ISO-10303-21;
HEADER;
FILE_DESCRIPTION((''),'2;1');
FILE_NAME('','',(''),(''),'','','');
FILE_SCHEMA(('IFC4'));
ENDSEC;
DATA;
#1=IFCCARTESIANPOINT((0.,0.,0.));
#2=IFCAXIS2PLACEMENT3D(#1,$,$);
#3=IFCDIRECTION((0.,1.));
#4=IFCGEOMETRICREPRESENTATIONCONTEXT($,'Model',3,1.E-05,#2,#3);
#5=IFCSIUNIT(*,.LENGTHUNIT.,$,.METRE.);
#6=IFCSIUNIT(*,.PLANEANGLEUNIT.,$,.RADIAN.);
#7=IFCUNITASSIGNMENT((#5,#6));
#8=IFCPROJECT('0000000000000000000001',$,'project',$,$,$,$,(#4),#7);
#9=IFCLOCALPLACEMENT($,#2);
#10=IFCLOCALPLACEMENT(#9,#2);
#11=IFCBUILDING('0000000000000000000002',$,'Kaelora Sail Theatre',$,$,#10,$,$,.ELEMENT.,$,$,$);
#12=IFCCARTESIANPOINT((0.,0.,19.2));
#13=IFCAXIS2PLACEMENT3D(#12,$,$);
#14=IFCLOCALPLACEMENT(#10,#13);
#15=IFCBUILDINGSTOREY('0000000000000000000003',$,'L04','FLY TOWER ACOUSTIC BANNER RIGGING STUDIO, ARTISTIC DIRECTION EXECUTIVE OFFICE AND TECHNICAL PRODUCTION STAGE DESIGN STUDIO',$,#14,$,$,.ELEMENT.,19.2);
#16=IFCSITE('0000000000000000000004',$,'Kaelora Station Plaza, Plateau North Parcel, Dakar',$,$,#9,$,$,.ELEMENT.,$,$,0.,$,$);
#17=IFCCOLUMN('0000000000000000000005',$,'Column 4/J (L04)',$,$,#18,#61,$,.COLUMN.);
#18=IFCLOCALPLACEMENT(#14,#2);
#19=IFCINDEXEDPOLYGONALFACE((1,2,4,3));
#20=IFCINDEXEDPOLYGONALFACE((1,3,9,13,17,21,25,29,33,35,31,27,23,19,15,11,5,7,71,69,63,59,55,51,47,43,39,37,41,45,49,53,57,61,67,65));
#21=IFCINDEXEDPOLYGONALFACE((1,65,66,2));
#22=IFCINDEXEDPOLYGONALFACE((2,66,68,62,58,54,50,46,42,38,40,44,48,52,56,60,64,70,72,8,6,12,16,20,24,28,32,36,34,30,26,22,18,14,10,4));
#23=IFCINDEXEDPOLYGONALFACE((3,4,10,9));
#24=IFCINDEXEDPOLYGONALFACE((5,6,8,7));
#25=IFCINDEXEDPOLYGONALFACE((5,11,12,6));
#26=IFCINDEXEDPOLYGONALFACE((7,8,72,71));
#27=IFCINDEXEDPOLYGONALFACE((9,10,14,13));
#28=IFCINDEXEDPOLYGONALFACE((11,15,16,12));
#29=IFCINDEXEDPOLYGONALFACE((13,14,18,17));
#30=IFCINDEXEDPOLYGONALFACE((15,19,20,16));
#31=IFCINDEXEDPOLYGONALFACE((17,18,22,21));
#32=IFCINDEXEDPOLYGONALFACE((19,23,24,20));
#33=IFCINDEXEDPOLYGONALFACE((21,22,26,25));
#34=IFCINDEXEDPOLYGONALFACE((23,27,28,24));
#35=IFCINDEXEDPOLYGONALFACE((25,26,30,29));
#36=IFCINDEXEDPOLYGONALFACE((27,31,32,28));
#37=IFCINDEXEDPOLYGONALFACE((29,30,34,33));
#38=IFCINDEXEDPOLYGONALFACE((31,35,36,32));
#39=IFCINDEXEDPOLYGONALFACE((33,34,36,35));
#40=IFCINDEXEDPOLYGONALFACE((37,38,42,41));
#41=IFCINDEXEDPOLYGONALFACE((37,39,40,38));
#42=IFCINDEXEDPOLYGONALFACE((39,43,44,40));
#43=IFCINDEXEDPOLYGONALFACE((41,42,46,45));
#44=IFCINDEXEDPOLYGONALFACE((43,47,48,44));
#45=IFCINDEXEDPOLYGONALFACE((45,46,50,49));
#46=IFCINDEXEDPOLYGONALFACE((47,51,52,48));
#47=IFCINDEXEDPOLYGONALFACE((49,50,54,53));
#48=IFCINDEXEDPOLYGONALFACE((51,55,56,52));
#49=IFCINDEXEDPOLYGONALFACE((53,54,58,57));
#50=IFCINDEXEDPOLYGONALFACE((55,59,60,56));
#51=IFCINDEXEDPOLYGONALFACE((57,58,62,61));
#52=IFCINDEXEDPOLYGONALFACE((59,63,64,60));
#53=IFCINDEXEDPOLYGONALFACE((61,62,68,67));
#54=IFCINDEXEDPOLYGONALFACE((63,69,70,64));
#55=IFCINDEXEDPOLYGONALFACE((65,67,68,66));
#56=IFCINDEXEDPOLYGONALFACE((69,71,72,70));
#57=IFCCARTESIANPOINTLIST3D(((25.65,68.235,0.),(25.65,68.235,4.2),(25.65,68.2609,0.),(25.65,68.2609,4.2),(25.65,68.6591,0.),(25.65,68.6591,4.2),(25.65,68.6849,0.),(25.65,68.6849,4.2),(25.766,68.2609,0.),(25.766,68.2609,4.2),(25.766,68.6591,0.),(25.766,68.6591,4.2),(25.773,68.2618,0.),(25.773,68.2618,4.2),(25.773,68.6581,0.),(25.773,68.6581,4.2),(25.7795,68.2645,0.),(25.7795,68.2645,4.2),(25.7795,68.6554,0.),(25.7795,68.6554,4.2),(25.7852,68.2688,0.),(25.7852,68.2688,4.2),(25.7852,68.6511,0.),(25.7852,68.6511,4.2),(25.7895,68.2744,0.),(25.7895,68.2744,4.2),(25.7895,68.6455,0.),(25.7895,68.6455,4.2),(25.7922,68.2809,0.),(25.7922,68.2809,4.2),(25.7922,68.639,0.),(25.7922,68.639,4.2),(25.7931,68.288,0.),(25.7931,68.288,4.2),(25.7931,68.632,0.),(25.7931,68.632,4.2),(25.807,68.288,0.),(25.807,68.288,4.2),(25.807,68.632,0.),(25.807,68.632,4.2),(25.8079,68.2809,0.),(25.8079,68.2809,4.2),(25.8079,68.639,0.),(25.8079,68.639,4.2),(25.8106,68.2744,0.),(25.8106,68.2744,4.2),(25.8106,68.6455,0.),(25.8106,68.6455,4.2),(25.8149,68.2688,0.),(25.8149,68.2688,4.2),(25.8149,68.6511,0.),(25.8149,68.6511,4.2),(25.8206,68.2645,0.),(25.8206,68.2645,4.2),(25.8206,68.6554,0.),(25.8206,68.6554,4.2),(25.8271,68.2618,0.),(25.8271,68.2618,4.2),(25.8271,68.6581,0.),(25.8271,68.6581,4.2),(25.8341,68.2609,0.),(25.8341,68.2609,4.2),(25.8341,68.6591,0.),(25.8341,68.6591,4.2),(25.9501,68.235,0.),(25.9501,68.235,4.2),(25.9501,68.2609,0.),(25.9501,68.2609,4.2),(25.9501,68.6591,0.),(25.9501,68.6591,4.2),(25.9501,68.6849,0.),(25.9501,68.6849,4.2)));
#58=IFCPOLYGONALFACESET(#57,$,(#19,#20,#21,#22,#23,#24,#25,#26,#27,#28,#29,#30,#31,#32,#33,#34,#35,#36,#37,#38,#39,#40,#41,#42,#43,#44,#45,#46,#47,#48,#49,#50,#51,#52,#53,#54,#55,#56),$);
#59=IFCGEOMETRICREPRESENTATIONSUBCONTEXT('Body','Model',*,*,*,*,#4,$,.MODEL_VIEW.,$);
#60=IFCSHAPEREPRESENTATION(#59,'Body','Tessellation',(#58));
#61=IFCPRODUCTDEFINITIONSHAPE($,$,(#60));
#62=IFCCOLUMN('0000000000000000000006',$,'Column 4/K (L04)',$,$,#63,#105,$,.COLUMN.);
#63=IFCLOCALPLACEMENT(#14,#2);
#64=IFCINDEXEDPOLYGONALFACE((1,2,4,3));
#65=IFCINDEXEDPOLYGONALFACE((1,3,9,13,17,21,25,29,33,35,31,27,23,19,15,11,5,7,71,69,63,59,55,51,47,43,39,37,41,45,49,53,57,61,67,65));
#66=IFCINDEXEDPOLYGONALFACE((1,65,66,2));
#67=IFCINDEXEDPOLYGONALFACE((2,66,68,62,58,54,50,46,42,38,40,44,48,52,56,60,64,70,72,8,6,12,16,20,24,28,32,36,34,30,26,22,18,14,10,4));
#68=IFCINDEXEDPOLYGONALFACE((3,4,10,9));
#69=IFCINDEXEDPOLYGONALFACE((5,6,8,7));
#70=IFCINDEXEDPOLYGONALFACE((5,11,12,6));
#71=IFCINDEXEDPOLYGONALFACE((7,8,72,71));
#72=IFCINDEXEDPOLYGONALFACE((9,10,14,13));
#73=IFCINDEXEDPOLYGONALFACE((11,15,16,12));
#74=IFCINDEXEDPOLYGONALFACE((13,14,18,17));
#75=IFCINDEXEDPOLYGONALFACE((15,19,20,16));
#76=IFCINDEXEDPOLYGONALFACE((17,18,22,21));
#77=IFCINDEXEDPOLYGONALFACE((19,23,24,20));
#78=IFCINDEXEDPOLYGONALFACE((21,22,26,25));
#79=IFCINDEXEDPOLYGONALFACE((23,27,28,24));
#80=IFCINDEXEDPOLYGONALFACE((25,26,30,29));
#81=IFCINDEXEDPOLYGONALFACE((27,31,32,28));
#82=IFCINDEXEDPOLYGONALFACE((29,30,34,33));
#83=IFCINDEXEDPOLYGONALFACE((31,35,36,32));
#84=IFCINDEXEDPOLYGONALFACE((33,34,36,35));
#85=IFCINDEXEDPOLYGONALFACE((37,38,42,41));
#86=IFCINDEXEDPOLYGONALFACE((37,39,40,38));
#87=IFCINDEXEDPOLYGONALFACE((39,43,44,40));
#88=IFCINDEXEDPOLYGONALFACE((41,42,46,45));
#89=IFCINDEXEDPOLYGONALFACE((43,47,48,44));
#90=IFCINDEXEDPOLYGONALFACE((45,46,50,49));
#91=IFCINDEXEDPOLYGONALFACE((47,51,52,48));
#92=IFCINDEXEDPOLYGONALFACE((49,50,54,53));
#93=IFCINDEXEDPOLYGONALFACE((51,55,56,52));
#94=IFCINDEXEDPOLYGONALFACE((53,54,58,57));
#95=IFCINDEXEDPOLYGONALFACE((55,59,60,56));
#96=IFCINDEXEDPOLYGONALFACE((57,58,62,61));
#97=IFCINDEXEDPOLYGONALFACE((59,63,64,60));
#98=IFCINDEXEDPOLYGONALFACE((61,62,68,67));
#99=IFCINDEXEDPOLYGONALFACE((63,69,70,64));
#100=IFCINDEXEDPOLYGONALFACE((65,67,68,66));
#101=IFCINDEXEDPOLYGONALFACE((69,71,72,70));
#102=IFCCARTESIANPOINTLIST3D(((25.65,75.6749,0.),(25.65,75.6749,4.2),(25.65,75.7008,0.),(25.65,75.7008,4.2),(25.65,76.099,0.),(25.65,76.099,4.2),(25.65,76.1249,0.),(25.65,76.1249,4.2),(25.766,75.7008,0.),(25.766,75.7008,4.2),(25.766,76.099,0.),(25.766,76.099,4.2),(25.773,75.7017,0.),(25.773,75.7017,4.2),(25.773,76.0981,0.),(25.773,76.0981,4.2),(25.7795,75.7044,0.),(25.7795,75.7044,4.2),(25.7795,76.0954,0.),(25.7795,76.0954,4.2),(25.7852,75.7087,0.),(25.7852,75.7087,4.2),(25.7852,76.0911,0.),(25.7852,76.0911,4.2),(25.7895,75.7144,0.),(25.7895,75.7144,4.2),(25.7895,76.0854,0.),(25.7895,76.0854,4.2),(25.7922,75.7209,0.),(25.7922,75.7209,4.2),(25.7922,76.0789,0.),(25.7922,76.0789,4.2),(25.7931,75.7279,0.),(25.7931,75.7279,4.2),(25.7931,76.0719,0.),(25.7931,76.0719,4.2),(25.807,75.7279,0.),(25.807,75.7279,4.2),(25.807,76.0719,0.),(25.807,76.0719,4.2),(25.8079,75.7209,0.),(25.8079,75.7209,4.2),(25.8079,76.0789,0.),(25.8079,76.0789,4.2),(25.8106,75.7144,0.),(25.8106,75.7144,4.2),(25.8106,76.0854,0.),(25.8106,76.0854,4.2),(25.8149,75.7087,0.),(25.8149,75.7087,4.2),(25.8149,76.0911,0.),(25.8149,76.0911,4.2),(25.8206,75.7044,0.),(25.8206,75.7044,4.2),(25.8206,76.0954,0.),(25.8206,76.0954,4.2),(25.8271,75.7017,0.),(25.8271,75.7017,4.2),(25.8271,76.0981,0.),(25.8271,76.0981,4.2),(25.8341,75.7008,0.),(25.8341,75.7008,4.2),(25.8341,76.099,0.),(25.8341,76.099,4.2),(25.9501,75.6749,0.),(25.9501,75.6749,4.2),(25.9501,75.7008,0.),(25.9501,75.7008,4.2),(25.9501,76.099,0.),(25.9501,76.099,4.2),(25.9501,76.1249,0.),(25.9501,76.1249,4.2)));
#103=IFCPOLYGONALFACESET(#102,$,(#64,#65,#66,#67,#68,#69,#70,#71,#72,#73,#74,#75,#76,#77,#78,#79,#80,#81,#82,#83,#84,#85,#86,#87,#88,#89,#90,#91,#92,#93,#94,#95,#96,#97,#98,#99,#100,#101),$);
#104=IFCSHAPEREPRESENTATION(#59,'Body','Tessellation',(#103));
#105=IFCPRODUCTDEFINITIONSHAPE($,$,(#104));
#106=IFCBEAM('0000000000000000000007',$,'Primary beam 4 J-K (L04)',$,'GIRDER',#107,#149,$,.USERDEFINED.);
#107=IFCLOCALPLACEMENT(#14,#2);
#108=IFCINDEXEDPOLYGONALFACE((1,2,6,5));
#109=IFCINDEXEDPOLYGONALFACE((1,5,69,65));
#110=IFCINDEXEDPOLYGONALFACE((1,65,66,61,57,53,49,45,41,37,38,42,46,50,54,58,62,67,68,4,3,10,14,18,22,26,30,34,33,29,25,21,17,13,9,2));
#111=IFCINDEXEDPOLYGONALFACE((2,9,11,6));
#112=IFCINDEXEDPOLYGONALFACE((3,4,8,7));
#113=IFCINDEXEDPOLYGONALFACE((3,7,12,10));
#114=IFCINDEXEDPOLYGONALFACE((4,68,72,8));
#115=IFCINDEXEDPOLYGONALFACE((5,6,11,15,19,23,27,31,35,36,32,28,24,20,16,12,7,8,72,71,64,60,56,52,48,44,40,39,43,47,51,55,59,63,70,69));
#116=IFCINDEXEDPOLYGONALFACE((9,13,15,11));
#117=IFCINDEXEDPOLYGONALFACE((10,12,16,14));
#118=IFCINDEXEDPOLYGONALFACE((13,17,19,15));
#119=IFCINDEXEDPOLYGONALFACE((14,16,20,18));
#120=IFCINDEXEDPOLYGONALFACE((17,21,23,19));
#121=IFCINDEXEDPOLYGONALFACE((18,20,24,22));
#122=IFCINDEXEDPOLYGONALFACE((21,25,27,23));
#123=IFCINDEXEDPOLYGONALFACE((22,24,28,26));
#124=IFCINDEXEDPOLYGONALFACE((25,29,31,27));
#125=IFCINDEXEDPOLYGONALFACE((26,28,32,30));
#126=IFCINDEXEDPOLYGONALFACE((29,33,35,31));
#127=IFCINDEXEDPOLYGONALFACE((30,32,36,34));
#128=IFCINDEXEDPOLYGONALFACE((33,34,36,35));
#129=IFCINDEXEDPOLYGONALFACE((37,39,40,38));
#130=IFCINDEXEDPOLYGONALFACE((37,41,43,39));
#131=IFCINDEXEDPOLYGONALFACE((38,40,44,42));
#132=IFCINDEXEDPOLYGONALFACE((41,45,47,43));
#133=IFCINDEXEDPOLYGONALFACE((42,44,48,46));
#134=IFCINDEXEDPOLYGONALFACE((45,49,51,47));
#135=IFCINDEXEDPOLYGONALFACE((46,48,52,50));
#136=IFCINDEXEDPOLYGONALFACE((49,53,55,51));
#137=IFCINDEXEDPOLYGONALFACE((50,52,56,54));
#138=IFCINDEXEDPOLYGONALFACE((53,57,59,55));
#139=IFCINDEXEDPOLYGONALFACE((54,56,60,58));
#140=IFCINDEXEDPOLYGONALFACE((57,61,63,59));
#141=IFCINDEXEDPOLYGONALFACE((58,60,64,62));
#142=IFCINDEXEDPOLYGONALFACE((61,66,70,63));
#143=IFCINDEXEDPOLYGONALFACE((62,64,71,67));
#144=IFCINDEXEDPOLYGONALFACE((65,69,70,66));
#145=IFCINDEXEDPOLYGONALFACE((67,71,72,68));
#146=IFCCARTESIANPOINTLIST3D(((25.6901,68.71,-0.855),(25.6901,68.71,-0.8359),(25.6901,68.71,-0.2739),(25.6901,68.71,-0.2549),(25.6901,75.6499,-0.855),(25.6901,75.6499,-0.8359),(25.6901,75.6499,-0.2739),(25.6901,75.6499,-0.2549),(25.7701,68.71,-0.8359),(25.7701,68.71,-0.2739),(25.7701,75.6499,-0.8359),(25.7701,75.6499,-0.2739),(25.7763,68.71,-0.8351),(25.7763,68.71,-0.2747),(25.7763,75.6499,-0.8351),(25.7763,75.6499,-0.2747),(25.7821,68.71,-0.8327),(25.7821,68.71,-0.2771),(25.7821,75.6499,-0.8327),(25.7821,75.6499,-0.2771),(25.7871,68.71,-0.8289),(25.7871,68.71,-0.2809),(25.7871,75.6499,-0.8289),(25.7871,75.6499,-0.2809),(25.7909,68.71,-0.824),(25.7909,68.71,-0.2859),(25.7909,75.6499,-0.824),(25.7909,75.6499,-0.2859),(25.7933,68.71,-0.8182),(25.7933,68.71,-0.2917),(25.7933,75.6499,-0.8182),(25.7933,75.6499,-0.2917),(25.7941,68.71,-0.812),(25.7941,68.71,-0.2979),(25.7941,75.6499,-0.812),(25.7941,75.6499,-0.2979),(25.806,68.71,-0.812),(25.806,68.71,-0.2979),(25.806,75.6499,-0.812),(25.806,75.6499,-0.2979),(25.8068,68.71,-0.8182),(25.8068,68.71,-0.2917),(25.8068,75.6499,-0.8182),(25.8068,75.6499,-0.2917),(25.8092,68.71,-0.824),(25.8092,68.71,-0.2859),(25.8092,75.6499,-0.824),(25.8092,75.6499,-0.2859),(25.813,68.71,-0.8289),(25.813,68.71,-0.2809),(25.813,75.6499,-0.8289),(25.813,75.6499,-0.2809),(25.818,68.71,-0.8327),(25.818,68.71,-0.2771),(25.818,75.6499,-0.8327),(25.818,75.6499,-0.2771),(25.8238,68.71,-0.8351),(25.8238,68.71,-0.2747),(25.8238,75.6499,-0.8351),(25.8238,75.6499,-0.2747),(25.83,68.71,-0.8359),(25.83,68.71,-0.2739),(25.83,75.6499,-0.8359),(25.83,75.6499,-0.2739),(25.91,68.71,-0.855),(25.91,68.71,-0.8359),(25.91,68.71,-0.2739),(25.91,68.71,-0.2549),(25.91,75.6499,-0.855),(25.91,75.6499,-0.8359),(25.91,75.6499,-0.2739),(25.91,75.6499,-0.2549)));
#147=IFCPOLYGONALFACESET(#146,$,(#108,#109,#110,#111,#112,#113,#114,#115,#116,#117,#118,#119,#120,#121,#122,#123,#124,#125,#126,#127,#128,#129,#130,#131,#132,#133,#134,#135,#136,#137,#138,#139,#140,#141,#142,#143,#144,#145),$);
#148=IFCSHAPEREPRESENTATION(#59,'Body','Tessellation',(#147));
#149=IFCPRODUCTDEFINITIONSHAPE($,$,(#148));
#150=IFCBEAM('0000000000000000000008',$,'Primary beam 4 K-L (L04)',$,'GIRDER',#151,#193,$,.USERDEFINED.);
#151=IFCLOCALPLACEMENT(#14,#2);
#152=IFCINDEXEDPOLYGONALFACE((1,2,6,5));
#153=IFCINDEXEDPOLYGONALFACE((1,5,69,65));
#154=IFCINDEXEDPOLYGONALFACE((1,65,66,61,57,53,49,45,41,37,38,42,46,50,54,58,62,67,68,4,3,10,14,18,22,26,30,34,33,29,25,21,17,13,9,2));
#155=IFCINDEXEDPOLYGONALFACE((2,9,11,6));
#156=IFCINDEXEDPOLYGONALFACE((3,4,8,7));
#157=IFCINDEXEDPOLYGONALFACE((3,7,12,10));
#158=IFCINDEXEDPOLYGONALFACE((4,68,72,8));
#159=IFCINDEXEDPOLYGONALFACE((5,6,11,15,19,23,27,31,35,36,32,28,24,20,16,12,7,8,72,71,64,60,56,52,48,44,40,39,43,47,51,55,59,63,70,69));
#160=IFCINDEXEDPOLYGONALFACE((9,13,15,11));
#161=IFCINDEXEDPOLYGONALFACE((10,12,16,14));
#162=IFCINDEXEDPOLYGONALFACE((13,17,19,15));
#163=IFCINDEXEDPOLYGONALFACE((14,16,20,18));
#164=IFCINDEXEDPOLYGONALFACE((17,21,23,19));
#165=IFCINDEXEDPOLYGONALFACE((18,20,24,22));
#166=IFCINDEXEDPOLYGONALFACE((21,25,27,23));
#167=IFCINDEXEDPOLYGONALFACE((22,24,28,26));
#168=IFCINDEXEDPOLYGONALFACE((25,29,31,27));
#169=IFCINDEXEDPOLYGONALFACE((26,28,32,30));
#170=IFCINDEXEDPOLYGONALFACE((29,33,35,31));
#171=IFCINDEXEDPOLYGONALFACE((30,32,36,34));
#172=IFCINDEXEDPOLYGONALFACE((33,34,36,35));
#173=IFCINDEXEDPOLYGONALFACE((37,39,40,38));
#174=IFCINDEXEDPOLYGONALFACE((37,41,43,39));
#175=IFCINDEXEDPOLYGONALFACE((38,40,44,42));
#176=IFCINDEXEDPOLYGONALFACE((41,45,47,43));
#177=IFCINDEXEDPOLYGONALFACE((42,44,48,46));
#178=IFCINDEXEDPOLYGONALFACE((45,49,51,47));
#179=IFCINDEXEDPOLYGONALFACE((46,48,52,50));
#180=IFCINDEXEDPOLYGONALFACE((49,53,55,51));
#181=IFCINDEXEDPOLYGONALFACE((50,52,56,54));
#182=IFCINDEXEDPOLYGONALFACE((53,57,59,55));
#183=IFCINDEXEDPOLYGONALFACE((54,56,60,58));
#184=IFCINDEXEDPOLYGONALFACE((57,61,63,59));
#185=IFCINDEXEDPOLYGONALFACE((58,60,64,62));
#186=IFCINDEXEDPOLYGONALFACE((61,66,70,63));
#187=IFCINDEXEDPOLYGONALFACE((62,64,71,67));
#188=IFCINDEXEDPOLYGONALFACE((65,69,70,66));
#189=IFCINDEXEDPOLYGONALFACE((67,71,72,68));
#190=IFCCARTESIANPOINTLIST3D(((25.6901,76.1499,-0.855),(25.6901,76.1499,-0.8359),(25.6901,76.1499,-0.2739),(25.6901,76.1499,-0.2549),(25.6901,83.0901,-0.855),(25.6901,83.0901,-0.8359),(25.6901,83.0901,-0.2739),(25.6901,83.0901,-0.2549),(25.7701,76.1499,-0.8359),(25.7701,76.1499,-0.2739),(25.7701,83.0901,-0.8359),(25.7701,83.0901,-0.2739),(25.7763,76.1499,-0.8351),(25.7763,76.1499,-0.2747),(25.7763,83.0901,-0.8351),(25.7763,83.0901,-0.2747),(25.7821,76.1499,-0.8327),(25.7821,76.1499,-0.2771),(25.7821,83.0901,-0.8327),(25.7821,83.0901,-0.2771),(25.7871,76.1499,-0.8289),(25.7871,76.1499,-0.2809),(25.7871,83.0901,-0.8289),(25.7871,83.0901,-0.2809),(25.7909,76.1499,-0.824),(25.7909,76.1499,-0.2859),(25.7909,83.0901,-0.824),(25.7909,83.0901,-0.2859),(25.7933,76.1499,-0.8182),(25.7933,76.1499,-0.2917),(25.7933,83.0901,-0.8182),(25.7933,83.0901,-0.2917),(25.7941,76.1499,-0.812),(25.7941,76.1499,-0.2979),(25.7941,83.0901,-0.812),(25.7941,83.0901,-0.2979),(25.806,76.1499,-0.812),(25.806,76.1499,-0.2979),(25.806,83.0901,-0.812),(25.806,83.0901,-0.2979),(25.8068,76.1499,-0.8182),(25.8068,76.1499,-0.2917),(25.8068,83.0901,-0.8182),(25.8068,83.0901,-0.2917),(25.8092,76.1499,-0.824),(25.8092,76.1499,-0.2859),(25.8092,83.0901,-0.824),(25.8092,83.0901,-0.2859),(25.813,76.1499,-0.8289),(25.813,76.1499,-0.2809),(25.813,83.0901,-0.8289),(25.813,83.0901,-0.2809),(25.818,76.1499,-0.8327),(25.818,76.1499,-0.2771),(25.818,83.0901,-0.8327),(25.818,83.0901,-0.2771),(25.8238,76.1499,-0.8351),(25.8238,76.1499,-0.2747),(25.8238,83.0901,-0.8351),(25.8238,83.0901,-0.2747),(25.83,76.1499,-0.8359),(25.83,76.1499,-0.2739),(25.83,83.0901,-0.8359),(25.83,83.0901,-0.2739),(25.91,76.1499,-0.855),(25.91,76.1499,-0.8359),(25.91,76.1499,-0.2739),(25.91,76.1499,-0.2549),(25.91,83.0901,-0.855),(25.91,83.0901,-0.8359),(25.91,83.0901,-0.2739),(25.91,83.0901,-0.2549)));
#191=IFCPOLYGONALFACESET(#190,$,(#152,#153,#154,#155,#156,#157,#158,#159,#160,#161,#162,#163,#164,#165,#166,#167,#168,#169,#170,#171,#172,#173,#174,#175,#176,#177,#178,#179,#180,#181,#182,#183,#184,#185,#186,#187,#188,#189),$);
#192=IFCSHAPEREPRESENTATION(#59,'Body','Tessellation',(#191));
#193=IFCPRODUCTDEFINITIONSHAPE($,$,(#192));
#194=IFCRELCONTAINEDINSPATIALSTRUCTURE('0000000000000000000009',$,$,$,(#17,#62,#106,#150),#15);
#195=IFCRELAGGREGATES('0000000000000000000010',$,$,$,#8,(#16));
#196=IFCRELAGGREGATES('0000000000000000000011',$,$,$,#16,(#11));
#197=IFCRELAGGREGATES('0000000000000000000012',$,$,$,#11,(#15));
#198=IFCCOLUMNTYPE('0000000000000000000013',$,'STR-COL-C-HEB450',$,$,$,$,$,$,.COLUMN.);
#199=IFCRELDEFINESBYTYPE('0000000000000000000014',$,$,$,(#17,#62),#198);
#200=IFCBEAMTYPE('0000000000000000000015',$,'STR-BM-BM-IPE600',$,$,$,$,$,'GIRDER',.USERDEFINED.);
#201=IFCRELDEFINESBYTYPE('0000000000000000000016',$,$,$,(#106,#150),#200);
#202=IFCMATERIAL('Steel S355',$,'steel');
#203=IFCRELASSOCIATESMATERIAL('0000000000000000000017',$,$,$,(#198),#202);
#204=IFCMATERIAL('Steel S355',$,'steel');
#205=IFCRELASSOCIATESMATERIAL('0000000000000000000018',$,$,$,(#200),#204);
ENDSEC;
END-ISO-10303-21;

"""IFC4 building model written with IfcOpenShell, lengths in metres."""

from ifc_helpers import new_model, si_unit, direction, frame, origin, origin_2d, place, context, subcontext, project, spatial, i_section, extrude, material, material_profile, profile_set, type_object, element, save


model = new_model("IFC4")

# Units and contexts
model_context = context("Model", 3, precision=1e-05, world=origin(), true_north=direction((0.0, 1.0)))
body_context = subcontext(model_context, "Body", "Model", "MODEL_VIEW")
ifc_project = project(units=[si_unit("LENGTHUNIT", "METRE"), si_unit("PLANEANGLEUNIT", "RADIAN")], contexts=[model_context])

# Site, building, storey
site_placement = place(None, origin())
site = spatial("IfcSite", under=ifc_project, at=site_placement, Name="Kaelora Station Plaza, Plateau North Parcel, Dakar", CompositionType="ELEMENT", RefElevation=0.0)
building_placement = place(site_placement, origin())
building = spatial("IfcBuilding", under=site, at=building_placement, Name="Kaelora Sail Theatre", CompositionType="ELEMENT")
storey_placement = place(building_placement, frame((0.0, 0.0, 19.2)))
storey = spatial("IfcBuildingStorey", under=building, at=storey_placement, Name="L04", Description="FLY TOWER ACOUSTIC BANNER RIGGING STUDIO, ARTISTIC DIRECTION EXECUTIVE OFFICE AND TECHNICAL PRODUCTION STAGE DESIGN STUDIO", CompositionType="ELEMENT", Elevation=19.2)

# Columns
ifc_material_1 = material(Name="Steel S355", Category="steel")
ifc_material_profile_1 = material_profile(ifc_material_1, i_section(OverallWidth=0.3, OverallDepth=0.45, WebThickness=0.0139, FlangeThickness=0.0259, FilletRadius=0.0271, at=origin_2d()), Name="HEB 450")
ifc_profile_set_1 = profile_set([ifc_material_profile_1], Name="Steel S355")
column_type = type_object("IfcColumnType", Name="STR-COL-C-HEB450", PredefinedType="COLUMN", material=ifc_profile_set_1)
for number, where, z_axis, x_axis, name in (
    (1, (25.8, 68.46, 0.0), (0.0, 0.0, 1.0), (1.0, 0.0, 0.0), "Column 4/J (L04)"),
    (2, (25.8, 75.8999, 0.0), (0.0, 0.0, 1.0), (1.0, 0.0, 0.0), "Column 4/K (L04)"),
):
    element("IfcColumn", number, at=place(storey_placement, frame(where, z_axis=z_axis, x_axis=x_axis)), inside=storey, type_object=column_type, Name=name, PredefinedType="COLUMN", context=body_context, shape_type="SweptSolid", body=[
        extrude(i_section(OverallWidth=0.3, OverallDepth=0.45, WebThickness=0.0139, FlangeThickness=0.0259, FilletRadius=0.0271, at=origin_2d()), origin(), (0.0, 0.0, 1.0), 4.2),
    ])

# Beams
ifc_material_2 = material(Name="Steel S355", Category="steel")
ifc_material_profile_2 = material_profile(ifc_material_2, i_section(OverallWidth=0.22, OverallDepth=0.6001, WebThickness=0.012, FlangeThickness=0.019, FilletRadius=0.0239, at=origin_2d()), Name="IPE 600")
ifc_profile_set_2 = profile_set([ifc_material_profile_2], Name="Steel S355")
beam_type = type_object("IfcBeamType", Name="STR-BM-BM-IPE600", ElementType="GIRDER", PredefinedType="USERDEFINED", material=ifc_profile_set_2)
beam_1_placement = place(storey_placement, frame((25.8, 68.71, -0.5549), z_axis=(0.0, 1.0, 0.0), x_axis=(-1.0, 0.0, 0.0)))
element("IfcBeam", 3, at=beam_1_placement, inside=storey, type_object=beam_type, Name="Primary beam 4 J-K (L04)", ObjectType="GIRDER", PredefinedType="USERDEFINED", context=body_context, shape_type="SweptSolid", body=[
    extrude(i_section(OverallWidth=0.22, OverallDepth=0.6001, WebThickness=0.012, FlangeThickness=0.019, FilletRadius=0.0239, at=origin_2d()), origin(), (0.0, 0.0, 1.0), 6.9399),
])
beam_2_placement = place(storey_placement, frame((25.8, 76.1499, -0.5549), z_axis=(0.0, 1.0, 0.0), x_axis=(-1.0, 0.0, 0.0)))
element("IfcBeam", 4, at=beam_2_placement, inside=storey, type_object=beam_type, Name="Primary beam 4 K-L (L04)", ObjectType="GIRDER", PredefinedType="USERDEFINED", context=body_context, shape_type="SweptSolid", body=[
    extrude(i_section(OverallWidth=0.22, OverallDepth=0.6001, WebThickness=0.012, FlangeThickness=0.019, FilletRadius=0.0239, at=origin_2d()), origin(), (0.0, 0.0, 1.0), 6.9402),
])

save(model, "model.ifc")
